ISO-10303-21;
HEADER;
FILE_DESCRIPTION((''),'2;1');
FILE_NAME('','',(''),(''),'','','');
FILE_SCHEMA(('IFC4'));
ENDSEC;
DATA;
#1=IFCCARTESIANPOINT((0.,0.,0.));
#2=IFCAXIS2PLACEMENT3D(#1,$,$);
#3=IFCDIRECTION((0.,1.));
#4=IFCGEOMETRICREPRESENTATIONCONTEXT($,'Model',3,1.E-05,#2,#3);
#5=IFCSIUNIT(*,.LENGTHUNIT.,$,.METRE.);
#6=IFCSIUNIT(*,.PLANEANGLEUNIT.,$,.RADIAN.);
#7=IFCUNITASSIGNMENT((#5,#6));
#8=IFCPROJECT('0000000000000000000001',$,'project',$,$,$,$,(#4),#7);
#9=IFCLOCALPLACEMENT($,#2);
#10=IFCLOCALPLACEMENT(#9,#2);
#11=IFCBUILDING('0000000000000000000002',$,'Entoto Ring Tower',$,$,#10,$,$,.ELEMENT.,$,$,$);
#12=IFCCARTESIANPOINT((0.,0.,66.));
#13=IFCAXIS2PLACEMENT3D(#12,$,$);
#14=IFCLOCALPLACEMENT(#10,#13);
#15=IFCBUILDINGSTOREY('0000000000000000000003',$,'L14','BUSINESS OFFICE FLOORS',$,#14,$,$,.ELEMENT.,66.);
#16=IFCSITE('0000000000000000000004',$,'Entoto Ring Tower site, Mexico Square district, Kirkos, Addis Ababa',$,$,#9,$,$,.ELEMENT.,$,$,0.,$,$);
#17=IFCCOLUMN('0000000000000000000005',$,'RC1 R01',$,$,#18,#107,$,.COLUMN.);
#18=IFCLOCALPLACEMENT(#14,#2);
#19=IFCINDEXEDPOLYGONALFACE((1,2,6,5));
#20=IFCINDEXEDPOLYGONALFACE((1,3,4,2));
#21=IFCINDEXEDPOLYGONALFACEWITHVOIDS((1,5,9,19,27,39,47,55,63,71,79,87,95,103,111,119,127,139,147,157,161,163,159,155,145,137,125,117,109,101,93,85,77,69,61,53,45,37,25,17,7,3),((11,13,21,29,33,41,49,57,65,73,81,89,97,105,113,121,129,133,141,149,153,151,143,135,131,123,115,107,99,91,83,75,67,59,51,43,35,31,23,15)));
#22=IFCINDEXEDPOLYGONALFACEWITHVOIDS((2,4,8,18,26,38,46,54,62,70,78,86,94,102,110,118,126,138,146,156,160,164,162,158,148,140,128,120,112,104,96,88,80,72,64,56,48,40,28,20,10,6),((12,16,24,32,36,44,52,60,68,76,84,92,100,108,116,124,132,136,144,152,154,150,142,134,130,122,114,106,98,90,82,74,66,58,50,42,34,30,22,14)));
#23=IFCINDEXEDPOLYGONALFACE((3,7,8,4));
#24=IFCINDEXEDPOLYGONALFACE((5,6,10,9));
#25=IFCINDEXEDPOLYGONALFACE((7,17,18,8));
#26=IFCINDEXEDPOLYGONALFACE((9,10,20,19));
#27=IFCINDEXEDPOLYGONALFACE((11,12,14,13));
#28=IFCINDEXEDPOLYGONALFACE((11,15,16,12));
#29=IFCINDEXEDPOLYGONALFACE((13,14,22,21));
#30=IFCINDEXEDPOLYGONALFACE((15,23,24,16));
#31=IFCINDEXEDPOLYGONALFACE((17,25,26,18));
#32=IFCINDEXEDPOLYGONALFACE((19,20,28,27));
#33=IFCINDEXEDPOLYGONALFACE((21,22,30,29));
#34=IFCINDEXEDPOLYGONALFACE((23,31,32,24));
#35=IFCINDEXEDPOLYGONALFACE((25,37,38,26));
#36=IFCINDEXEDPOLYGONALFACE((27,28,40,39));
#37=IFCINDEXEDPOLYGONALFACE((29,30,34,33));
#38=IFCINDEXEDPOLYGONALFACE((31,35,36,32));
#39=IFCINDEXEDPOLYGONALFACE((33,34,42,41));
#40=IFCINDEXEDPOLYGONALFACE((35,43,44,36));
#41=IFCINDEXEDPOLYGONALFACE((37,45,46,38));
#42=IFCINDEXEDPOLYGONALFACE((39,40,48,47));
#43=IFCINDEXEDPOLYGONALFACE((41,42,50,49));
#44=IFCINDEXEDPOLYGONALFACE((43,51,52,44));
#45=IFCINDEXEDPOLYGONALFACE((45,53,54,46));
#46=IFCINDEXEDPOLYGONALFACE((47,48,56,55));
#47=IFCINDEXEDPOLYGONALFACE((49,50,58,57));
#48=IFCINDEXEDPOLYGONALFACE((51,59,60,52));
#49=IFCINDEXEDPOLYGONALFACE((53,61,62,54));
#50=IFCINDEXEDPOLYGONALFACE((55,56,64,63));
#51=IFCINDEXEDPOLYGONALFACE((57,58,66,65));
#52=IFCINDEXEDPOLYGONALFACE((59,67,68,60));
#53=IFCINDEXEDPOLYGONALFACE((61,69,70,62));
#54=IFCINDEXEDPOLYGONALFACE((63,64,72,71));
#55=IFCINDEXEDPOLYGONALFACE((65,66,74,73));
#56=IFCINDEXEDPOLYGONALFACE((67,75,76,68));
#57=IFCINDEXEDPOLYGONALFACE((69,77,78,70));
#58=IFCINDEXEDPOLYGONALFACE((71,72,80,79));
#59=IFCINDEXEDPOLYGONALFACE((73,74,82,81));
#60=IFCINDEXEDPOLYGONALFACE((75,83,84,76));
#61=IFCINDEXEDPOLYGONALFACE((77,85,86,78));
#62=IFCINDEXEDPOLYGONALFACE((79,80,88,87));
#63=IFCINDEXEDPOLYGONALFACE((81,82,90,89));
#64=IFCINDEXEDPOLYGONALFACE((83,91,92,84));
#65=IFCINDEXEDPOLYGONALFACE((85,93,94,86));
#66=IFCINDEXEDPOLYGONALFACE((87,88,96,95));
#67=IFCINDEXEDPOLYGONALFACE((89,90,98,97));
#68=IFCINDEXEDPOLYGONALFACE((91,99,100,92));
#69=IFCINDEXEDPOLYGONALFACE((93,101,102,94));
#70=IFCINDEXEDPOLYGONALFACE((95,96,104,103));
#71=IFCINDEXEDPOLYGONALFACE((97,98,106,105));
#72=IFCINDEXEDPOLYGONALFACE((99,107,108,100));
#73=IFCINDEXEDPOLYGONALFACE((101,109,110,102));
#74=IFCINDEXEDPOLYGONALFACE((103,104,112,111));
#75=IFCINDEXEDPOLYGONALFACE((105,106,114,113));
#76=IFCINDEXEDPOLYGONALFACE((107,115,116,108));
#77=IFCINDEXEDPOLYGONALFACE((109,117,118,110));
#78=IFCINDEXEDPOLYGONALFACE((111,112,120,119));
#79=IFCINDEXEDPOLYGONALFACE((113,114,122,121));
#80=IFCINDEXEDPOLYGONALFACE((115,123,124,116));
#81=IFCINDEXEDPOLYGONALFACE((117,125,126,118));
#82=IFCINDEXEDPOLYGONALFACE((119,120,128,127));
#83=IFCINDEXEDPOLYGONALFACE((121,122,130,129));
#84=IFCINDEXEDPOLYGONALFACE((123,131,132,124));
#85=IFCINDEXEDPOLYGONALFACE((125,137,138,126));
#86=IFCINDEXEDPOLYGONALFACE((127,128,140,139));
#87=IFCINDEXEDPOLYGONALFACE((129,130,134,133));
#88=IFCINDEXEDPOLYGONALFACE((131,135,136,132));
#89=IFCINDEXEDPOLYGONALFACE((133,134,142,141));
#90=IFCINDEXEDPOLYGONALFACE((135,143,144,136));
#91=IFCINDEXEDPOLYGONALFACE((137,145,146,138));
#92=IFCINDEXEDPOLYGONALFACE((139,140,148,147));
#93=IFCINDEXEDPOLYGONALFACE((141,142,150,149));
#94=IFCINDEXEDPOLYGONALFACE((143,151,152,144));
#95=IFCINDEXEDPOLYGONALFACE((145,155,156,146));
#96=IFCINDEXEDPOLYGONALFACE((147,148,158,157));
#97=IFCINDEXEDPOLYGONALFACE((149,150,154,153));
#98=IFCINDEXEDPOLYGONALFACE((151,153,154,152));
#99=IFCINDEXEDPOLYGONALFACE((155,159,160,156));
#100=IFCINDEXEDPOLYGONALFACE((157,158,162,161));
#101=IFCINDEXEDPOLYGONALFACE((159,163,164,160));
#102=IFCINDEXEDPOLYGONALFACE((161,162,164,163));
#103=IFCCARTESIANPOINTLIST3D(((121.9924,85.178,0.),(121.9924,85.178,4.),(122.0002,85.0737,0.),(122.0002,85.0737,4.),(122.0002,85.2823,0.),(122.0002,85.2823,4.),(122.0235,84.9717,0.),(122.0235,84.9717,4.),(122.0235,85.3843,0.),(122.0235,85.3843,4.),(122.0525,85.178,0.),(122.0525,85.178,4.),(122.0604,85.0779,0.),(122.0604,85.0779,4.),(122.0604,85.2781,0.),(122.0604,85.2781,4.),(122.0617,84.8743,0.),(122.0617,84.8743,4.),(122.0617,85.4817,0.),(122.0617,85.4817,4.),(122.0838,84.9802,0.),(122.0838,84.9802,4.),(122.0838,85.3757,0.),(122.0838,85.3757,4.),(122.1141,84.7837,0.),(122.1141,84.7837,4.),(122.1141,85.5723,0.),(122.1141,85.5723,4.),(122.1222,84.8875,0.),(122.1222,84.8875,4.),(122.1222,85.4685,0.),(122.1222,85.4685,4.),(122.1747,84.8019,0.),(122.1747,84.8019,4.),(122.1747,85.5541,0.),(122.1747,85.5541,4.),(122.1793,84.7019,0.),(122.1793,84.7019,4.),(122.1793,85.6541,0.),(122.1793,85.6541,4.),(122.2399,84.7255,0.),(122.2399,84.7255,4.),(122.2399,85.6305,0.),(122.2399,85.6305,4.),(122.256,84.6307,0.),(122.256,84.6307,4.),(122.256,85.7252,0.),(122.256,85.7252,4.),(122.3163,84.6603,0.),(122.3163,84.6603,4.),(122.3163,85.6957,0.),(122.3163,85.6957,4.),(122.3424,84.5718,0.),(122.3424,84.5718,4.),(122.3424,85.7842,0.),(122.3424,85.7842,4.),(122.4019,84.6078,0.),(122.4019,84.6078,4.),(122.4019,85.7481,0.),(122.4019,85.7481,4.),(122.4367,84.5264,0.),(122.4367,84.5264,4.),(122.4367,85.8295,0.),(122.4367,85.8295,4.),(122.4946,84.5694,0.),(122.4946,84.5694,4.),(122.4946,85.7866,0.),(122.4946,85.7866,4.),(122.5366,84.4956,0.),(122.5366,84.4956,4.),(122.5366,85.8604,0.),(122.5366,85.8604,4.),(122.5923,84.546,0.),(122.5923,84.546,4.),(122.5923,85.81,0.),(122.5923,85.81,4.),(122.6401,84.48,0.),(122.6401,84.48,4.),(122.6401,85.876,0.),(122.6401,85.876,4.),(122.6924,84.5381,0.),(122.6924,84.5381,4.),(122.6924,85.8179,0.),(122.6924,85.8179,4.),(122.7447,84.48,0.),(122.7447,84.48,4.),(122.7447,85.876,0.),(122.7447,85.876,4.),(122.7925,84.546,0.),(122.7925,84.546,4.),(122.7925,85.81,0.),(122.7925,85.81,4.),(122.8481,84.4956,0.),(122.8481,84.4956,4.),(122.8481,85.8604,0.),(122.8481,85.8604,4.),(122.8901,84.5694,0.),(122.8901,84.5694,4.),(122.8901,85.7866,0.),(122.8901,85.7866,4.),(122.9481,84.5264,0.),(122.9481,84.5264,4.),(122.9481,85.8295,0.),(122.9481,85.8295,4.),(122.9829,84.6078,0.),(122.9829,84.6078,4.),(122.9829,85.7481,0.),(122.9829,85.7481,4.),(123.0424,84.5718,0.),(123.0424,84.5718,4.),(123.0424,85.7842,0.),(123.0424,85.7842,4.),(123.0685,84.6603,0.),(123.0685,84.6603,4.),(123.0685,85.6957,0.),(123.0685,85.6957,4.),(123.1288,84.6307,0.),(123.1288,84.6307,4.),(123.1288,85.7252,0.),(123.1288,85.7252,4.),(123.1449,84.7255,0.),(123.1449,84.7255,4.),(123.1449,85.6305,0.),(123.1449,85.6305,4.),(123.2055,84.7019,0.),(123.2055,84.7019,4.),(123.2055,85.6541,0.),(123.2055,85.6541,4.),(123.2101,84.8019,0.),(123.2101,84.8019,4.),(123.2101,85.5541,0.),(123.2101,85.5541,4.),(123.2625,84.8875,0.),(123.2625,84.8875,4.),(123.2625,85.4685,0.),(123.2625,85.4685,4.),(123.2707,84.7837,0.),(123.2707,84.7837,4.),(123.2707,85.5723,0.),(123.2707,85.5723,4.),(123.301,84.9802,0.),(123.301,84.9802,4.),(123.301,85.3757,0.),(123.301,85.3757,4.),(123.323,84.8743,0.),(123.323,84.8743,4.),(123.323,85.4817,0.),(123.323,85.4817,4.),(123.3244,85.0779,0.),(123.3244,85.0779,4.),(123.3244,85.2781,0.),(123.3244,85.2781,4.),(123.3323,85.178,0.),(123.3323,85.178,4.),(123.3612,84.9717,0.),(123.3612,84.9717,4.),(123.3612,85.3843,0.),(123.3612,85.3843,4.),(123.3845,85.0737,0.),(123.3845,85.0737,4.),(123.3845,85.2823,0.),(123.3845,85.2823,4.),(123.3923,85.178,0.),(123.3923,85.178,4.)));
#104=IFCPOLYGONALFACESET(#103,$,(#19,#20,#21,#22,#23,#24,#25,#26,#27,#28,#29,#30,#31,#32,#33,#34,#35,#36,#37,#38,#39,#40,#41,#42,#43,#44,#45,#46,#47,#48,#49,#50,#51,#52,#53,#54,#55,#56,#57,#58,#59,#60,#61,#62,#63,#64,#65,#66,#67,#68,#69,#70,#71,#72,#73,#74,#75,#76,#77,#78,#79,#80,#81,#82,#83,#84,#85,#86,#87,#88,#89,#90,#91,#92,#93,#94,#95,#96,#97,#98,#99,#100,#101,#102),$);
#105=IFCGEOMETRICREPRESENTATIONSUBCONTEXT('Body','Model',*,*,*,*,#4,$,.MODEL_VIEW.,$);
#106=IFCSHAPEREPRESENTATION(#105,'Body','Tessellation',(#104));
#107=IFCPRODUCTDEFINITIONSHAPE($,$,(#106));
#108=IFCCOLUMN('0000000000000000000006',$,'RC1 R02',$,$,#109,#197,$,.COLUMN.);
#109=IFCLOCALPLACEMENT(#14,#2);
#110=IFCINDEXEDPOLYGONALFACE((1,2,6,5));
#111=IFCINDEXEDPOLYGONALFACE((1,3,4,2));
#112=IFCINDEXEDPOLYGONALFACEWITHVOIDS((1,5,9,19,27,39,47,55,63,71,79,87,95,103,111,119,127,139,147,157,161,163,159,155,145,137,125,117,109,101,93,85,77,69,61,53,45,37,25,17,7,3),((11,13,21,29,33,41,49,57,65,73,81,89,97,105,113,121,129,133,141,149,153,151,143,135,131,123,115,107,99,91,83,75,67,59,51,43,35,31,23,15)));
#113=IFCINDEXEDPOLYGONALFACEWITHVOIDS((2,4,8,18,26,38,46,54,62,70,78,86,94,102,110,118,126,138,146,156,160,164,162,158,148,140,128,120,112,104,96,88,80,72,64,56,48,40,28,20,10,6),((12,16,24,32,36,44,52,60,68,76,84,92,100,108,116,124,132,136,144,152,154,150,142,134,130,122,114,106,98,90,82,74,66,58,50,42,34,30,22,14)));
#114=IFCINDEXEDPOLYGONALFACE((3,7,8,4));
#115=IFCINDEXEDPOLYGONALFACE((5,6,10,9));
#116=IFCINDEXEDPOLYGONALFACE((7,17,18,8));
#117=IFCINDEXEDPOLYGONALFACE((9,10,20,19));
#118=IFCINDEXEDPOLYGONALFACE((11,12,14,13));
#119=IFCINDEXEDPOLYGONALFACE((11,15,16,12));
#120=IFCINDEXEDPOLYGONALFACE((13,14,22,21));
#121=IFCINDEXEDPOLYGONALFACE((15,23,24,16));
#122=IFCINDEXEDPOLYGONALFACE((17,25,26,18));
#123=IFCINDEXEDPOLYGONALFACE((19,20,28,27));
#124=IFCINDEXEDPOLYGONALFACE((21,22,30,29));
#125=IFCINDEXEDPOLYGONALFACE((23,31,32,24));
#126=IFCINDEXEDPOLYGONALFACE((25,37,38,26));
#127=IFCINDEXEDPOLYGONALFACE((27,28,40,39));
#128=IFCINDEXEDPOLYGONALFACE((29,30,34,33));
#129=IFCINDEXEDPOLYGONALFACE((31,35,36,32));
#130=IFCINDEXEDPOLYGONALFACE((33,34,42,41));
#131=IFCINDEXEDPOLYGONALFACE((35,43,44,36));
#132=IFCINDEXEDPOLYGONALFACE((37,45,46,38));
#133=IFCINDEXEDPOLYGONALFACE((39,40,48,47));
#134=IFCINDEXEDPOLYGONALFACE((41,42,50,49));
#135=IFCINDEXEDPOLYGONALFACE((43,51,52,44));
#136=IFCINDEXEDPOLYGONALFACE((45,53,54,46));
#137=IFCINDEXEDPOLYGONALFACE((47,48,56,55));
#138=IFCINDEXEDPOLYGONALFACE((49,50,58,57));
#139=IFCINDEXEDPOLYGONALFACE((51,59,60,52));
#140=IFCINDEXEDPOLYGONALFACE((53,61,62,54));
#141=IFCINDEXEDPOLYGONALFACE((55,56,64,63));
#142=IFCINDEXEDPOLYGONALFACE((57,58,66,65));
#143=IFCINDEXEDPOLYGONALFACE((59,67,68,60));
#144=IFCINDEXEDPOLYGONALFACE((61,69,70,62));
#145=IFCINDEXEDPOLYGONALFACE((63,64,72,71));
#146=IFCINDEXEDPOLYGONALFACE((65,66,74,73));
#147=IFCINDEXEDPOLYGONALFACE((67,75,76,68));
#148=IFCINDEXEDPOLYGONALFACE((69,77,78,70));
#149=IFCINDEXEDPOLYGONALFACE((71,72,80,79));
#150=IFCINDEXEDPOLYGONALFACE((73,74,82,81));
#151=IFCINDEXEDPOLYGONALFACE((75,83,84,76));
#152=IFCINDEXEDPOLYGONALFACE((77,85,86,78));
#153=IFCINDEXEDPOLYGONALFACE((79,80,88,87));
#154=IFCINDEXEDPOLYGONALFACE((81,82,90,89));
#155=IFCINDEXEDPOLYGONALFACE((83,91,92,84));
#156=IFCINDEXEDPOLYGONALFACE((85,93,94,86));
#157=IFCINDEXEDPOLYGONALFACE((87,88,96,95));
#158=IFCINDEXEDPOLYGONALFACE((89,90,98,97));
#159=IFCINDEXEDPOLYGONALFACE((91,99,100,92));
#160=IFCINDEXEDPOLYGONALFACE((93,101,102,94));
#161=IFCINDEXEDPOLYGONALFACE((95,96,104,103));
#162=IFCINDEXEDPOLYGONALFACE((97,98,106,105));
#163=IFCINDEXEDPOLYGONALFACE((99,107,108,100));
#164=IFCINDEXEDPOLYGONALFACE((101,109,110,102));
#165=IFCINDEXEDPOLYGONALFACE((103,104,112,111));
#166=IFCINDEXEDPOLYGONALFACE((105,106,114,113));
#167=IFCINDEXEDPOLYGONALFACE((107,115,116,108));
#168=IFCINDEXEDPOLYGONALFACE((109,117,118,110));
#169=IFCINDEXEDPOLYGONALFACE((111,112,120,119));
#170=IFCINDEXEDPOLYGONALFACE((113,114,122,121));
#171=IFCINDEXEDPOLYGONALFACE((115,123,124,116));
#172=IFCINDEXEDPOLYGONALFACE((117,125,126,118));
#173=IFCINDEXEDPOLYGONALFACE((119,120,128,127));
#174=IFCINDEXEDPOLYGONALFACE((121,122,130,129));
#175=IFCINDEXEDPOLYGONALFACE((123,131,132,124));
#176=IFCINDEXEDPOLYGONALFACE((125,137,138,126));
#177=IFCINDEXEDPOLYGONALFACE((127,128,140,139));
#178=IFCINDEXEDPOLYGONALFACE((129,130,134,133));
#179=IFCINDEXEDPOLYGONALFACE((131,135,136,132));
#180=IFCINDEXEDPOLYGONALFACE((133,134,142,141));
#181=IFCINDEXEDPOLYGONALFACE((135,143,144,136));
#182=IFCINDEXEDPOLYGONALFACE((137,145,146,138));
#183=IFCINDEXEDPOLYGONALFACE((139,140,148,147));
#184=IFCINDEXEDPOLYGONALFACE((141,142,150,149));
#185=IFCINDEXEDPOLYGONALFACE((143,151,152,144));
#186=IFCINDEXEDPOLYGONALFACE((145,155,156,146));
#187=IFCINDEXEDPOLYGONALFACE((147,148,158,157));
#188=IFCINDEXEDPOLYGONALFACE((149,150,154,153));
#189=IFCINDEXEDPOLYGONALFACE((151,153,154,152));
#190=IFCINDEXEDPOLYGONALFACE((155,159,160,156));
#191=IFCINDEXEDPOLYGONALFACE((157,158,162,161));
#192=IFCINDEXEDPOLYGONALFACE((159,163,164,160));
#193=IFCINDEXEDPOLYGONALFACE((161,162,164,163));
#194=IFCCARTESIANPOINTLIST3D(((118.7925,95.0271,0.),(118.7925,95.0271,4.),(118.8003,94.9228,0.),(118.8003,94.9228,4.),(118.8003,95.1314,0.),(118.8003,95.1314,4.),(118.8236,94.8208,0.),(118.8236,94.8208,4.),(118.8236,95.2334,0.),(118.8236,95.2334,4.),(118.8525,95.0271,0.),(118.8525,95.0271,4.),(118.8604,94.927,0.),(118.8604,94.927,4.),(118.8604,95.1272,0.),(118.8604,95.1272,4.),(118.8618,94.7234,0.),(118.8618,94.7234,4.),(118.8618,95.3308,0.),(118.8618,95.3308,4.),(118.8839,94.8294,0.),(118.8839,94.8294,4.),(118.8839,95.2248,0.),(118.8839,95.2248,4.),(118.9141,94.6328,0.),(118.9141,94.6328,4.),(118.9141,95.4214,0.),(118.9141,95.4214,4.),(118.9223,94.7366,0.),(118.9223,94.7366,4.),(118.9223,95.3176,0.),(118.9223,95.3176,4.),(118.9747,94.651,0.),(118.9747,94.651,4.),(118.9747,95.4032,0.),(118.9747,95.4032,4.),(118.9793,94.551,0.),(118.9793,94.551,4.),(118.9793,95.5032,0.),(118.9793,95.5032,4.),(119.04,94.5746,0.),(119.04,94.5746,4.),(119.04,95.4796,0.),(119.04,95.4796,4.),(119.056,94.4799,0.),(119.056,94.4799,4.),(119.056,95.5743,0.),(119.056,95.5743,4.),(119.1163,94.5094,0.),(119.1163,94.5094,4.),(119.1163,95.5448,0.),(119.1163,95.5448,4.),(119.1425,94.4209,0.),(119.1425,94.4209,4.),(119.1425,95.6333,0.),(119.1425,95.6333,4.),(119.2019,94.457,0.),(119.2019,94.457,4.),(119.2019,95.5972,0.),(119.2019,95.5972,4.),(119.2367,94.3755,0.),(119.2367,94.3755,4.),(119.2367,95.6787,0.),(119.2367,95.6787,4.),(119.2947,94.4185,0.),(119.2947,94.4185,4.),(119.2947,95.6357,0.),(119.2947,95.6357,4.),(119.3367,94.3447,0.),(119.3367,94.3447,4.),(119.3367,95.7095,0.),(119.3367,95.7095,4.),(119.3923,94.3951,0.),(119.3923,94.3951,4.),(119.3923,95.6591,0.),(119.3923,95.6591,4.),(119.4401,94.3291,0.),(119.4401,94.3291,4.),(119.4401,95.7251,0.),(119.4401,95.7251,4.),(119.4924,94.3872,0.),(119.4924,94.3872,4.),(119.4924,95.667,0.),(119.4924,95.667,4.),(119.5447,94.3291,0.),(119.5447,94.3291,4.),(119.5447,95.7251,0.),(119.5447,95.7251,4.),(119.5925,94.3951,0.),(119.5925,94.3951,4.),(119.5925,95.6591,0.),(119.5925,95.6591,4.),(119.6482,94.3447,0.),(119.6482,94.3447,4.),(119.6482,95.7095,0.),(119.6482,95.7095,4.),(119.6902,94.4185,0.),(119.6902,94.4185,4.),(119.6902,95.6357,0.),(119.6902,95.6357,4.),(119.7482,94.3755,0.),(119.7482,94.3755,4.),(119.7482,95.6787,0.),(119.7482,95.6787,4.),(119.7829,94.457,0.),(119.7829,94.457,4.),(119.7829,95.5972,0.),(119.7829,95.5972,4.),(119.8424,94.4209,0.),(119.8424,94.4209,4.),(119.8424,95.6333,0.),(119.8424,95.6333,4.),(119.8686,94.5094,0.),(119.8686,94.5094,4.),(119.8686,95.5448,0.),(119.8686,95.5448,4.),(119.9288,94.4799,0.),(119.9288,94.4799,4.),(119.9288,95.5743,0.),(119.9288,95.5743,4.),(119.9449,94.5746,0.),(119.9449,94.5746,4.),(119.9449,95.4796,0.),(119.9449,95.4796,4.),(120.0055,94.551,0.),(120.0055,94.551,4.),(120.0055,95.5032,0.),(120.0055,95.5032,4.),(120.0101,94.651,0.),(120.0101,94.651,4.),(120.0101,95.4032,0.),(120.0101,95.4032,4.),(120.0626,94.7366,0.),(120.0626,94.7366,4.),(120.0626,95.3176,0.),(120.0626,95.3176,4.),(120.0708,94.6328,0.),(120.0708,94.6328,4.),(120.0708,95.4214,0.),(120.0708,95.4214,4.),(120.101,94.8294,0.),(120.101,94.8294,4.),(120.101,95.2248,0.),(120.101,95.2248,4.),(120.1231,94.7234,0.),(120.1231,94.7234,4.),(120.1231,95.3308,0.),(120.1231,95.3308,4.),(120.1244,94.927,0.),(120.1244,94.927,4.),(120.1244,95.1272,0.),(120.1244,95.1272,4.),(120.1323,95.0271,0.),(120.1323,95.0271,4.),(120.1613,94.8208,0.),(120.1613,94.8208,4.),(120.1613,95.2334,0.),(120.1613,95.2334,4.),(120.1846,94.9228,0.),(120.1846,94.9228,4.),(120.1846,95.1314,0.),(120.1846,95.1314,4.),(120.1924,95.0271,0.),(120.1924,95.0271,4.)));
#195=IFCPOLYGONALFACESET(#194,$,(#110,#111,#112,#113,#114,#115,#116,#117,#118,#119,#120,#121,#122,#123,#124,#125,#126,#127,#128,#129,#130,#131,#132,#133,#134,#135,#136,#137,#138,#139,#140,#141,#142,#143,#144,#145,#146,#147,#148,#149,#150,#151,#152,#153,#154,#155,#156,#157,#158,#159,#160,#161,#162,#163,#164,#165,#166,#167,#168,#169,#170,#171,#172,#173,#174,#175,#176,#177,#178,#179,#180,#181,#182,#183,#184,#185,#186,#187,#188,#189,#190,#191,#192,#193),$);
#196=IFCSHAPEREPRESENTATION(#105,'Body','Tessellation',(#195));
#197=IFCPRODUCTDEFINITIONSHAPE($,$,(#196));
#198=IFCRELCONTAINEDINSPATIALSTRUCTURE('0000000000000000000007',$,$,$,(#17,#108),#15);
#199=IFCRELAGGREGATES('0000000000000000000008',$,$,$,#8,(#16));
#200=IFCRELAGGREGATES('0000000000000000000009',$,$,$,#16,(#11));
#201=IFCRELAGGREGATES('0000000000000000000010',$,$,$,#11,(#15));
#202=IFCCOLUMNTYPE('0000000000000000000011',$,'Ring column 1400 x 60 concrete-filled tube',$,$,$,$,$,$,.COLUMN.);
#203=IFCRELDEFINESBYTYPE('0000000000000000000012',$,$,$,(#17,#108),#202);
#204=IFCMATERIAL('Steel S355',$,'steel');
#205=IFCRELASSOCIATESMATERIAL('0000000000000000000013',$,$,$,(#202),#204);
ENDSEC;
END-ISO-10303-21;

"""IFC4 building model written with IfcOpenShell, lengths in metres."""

from ifc_helpers import new_model, si_unit, direction, frame, origin, origin_2d, place, context, subcontext, project, spatial, circle, hollow_circle, extrude, material, material_profile, profile_set, type_object, element, save


model = new_model("IFC4")

# Units and contexts
model_context = context("Model", 3, precision=1e-05, world=origin(), true_north=direction((0.0, 1.0)))
body_context = subcontext(model_context, "Body", "Model", "MODEL_VIEW")
ifc_project = project(units=[si_unit("LENGTHUNIT", "METRE"), si_unit("PLANEANGLEUNIT", "RADIAN")], contexts=[model_context])

# Site, building, storey
site_placement = place(None, origin())
site = spatial("IfcSite", under=ifc_project, at=site_placement, Name="Entoto Ring Tower site, Mexico Square district, Kirkos, Addis Ababa", CompositionType="ELEMENT", RefElevation=0.0)
building_placement = place(site_placement, origin())
building = spatial("IfcBuilding", under=site, at=building_placement, Name="Entoto Ring Tower", CompositionType="ELEMENT")
storey_placement = place(building_placement, frame((0.0, 0.0, 66.0)))
storey = spatial("IfcBuildingStorey", under=building, at=storey_placement, Name="L14", Description="BUSINESS OFFICE FLOORS", CompositionType="ELEMENT", Elevation=66.0)

# Columns
ifc_material_1 = material(Name="Steel S355", Category="steel")
ifc_material_profile_1 = material_profile(ifc_material_1, hollow_circle(Radius=0.7, WallThickness=0.0601, at=origin_2d()), Name="CHS 1400 x 60")
ifc_material_2 = material(Name="Concrete C60/75", Category="concrete")
ifc_material_profile_2 = material_profile(ifc_material_2, circle(Radius=0.6399, at=origin_2d()), Name="Concrete C60/75 infill")
ifc_profile_set_1 = profile_set([ifc_material_profile_1, ifc_material_profile_2], Name="Steel S355")
column_type = type_object("IfcColumnType", Name="Ring column 1400 x 60 concrete-filled tube", PredefinedType="COLUMN", material=ifc_profile_set_1)
for number, where, z_axis, x_axis, name in (
    (1, (122.6924, 85.178, 0.0), (0.0, 0.0, 1.0), (1.0, 0.0, 0.0), "RC1 R01"),
    (2, (119.4924, 95.0271, 0.0), (0.0, 0.0, 1.0), (1.0, 0.0, 0.0), "RC1 R02"),
):
    element("IfcColumn", number, at=place(storey_placement, frame(where, z_axis=z_axis, x_axis=x_axis)), inside=storey, type_object=column_type, Name=name, PredefinedType="COLUMN", context=body_context, shape_type="SweptSolid", body=[
        extrude(hollow_circle(Radius=0.7, WallThickness=0.0601, at=origin_2d()), origin(), (0.0, 0.0, 1.0), 4.0),
    ])

save(model, "model.ifc")
